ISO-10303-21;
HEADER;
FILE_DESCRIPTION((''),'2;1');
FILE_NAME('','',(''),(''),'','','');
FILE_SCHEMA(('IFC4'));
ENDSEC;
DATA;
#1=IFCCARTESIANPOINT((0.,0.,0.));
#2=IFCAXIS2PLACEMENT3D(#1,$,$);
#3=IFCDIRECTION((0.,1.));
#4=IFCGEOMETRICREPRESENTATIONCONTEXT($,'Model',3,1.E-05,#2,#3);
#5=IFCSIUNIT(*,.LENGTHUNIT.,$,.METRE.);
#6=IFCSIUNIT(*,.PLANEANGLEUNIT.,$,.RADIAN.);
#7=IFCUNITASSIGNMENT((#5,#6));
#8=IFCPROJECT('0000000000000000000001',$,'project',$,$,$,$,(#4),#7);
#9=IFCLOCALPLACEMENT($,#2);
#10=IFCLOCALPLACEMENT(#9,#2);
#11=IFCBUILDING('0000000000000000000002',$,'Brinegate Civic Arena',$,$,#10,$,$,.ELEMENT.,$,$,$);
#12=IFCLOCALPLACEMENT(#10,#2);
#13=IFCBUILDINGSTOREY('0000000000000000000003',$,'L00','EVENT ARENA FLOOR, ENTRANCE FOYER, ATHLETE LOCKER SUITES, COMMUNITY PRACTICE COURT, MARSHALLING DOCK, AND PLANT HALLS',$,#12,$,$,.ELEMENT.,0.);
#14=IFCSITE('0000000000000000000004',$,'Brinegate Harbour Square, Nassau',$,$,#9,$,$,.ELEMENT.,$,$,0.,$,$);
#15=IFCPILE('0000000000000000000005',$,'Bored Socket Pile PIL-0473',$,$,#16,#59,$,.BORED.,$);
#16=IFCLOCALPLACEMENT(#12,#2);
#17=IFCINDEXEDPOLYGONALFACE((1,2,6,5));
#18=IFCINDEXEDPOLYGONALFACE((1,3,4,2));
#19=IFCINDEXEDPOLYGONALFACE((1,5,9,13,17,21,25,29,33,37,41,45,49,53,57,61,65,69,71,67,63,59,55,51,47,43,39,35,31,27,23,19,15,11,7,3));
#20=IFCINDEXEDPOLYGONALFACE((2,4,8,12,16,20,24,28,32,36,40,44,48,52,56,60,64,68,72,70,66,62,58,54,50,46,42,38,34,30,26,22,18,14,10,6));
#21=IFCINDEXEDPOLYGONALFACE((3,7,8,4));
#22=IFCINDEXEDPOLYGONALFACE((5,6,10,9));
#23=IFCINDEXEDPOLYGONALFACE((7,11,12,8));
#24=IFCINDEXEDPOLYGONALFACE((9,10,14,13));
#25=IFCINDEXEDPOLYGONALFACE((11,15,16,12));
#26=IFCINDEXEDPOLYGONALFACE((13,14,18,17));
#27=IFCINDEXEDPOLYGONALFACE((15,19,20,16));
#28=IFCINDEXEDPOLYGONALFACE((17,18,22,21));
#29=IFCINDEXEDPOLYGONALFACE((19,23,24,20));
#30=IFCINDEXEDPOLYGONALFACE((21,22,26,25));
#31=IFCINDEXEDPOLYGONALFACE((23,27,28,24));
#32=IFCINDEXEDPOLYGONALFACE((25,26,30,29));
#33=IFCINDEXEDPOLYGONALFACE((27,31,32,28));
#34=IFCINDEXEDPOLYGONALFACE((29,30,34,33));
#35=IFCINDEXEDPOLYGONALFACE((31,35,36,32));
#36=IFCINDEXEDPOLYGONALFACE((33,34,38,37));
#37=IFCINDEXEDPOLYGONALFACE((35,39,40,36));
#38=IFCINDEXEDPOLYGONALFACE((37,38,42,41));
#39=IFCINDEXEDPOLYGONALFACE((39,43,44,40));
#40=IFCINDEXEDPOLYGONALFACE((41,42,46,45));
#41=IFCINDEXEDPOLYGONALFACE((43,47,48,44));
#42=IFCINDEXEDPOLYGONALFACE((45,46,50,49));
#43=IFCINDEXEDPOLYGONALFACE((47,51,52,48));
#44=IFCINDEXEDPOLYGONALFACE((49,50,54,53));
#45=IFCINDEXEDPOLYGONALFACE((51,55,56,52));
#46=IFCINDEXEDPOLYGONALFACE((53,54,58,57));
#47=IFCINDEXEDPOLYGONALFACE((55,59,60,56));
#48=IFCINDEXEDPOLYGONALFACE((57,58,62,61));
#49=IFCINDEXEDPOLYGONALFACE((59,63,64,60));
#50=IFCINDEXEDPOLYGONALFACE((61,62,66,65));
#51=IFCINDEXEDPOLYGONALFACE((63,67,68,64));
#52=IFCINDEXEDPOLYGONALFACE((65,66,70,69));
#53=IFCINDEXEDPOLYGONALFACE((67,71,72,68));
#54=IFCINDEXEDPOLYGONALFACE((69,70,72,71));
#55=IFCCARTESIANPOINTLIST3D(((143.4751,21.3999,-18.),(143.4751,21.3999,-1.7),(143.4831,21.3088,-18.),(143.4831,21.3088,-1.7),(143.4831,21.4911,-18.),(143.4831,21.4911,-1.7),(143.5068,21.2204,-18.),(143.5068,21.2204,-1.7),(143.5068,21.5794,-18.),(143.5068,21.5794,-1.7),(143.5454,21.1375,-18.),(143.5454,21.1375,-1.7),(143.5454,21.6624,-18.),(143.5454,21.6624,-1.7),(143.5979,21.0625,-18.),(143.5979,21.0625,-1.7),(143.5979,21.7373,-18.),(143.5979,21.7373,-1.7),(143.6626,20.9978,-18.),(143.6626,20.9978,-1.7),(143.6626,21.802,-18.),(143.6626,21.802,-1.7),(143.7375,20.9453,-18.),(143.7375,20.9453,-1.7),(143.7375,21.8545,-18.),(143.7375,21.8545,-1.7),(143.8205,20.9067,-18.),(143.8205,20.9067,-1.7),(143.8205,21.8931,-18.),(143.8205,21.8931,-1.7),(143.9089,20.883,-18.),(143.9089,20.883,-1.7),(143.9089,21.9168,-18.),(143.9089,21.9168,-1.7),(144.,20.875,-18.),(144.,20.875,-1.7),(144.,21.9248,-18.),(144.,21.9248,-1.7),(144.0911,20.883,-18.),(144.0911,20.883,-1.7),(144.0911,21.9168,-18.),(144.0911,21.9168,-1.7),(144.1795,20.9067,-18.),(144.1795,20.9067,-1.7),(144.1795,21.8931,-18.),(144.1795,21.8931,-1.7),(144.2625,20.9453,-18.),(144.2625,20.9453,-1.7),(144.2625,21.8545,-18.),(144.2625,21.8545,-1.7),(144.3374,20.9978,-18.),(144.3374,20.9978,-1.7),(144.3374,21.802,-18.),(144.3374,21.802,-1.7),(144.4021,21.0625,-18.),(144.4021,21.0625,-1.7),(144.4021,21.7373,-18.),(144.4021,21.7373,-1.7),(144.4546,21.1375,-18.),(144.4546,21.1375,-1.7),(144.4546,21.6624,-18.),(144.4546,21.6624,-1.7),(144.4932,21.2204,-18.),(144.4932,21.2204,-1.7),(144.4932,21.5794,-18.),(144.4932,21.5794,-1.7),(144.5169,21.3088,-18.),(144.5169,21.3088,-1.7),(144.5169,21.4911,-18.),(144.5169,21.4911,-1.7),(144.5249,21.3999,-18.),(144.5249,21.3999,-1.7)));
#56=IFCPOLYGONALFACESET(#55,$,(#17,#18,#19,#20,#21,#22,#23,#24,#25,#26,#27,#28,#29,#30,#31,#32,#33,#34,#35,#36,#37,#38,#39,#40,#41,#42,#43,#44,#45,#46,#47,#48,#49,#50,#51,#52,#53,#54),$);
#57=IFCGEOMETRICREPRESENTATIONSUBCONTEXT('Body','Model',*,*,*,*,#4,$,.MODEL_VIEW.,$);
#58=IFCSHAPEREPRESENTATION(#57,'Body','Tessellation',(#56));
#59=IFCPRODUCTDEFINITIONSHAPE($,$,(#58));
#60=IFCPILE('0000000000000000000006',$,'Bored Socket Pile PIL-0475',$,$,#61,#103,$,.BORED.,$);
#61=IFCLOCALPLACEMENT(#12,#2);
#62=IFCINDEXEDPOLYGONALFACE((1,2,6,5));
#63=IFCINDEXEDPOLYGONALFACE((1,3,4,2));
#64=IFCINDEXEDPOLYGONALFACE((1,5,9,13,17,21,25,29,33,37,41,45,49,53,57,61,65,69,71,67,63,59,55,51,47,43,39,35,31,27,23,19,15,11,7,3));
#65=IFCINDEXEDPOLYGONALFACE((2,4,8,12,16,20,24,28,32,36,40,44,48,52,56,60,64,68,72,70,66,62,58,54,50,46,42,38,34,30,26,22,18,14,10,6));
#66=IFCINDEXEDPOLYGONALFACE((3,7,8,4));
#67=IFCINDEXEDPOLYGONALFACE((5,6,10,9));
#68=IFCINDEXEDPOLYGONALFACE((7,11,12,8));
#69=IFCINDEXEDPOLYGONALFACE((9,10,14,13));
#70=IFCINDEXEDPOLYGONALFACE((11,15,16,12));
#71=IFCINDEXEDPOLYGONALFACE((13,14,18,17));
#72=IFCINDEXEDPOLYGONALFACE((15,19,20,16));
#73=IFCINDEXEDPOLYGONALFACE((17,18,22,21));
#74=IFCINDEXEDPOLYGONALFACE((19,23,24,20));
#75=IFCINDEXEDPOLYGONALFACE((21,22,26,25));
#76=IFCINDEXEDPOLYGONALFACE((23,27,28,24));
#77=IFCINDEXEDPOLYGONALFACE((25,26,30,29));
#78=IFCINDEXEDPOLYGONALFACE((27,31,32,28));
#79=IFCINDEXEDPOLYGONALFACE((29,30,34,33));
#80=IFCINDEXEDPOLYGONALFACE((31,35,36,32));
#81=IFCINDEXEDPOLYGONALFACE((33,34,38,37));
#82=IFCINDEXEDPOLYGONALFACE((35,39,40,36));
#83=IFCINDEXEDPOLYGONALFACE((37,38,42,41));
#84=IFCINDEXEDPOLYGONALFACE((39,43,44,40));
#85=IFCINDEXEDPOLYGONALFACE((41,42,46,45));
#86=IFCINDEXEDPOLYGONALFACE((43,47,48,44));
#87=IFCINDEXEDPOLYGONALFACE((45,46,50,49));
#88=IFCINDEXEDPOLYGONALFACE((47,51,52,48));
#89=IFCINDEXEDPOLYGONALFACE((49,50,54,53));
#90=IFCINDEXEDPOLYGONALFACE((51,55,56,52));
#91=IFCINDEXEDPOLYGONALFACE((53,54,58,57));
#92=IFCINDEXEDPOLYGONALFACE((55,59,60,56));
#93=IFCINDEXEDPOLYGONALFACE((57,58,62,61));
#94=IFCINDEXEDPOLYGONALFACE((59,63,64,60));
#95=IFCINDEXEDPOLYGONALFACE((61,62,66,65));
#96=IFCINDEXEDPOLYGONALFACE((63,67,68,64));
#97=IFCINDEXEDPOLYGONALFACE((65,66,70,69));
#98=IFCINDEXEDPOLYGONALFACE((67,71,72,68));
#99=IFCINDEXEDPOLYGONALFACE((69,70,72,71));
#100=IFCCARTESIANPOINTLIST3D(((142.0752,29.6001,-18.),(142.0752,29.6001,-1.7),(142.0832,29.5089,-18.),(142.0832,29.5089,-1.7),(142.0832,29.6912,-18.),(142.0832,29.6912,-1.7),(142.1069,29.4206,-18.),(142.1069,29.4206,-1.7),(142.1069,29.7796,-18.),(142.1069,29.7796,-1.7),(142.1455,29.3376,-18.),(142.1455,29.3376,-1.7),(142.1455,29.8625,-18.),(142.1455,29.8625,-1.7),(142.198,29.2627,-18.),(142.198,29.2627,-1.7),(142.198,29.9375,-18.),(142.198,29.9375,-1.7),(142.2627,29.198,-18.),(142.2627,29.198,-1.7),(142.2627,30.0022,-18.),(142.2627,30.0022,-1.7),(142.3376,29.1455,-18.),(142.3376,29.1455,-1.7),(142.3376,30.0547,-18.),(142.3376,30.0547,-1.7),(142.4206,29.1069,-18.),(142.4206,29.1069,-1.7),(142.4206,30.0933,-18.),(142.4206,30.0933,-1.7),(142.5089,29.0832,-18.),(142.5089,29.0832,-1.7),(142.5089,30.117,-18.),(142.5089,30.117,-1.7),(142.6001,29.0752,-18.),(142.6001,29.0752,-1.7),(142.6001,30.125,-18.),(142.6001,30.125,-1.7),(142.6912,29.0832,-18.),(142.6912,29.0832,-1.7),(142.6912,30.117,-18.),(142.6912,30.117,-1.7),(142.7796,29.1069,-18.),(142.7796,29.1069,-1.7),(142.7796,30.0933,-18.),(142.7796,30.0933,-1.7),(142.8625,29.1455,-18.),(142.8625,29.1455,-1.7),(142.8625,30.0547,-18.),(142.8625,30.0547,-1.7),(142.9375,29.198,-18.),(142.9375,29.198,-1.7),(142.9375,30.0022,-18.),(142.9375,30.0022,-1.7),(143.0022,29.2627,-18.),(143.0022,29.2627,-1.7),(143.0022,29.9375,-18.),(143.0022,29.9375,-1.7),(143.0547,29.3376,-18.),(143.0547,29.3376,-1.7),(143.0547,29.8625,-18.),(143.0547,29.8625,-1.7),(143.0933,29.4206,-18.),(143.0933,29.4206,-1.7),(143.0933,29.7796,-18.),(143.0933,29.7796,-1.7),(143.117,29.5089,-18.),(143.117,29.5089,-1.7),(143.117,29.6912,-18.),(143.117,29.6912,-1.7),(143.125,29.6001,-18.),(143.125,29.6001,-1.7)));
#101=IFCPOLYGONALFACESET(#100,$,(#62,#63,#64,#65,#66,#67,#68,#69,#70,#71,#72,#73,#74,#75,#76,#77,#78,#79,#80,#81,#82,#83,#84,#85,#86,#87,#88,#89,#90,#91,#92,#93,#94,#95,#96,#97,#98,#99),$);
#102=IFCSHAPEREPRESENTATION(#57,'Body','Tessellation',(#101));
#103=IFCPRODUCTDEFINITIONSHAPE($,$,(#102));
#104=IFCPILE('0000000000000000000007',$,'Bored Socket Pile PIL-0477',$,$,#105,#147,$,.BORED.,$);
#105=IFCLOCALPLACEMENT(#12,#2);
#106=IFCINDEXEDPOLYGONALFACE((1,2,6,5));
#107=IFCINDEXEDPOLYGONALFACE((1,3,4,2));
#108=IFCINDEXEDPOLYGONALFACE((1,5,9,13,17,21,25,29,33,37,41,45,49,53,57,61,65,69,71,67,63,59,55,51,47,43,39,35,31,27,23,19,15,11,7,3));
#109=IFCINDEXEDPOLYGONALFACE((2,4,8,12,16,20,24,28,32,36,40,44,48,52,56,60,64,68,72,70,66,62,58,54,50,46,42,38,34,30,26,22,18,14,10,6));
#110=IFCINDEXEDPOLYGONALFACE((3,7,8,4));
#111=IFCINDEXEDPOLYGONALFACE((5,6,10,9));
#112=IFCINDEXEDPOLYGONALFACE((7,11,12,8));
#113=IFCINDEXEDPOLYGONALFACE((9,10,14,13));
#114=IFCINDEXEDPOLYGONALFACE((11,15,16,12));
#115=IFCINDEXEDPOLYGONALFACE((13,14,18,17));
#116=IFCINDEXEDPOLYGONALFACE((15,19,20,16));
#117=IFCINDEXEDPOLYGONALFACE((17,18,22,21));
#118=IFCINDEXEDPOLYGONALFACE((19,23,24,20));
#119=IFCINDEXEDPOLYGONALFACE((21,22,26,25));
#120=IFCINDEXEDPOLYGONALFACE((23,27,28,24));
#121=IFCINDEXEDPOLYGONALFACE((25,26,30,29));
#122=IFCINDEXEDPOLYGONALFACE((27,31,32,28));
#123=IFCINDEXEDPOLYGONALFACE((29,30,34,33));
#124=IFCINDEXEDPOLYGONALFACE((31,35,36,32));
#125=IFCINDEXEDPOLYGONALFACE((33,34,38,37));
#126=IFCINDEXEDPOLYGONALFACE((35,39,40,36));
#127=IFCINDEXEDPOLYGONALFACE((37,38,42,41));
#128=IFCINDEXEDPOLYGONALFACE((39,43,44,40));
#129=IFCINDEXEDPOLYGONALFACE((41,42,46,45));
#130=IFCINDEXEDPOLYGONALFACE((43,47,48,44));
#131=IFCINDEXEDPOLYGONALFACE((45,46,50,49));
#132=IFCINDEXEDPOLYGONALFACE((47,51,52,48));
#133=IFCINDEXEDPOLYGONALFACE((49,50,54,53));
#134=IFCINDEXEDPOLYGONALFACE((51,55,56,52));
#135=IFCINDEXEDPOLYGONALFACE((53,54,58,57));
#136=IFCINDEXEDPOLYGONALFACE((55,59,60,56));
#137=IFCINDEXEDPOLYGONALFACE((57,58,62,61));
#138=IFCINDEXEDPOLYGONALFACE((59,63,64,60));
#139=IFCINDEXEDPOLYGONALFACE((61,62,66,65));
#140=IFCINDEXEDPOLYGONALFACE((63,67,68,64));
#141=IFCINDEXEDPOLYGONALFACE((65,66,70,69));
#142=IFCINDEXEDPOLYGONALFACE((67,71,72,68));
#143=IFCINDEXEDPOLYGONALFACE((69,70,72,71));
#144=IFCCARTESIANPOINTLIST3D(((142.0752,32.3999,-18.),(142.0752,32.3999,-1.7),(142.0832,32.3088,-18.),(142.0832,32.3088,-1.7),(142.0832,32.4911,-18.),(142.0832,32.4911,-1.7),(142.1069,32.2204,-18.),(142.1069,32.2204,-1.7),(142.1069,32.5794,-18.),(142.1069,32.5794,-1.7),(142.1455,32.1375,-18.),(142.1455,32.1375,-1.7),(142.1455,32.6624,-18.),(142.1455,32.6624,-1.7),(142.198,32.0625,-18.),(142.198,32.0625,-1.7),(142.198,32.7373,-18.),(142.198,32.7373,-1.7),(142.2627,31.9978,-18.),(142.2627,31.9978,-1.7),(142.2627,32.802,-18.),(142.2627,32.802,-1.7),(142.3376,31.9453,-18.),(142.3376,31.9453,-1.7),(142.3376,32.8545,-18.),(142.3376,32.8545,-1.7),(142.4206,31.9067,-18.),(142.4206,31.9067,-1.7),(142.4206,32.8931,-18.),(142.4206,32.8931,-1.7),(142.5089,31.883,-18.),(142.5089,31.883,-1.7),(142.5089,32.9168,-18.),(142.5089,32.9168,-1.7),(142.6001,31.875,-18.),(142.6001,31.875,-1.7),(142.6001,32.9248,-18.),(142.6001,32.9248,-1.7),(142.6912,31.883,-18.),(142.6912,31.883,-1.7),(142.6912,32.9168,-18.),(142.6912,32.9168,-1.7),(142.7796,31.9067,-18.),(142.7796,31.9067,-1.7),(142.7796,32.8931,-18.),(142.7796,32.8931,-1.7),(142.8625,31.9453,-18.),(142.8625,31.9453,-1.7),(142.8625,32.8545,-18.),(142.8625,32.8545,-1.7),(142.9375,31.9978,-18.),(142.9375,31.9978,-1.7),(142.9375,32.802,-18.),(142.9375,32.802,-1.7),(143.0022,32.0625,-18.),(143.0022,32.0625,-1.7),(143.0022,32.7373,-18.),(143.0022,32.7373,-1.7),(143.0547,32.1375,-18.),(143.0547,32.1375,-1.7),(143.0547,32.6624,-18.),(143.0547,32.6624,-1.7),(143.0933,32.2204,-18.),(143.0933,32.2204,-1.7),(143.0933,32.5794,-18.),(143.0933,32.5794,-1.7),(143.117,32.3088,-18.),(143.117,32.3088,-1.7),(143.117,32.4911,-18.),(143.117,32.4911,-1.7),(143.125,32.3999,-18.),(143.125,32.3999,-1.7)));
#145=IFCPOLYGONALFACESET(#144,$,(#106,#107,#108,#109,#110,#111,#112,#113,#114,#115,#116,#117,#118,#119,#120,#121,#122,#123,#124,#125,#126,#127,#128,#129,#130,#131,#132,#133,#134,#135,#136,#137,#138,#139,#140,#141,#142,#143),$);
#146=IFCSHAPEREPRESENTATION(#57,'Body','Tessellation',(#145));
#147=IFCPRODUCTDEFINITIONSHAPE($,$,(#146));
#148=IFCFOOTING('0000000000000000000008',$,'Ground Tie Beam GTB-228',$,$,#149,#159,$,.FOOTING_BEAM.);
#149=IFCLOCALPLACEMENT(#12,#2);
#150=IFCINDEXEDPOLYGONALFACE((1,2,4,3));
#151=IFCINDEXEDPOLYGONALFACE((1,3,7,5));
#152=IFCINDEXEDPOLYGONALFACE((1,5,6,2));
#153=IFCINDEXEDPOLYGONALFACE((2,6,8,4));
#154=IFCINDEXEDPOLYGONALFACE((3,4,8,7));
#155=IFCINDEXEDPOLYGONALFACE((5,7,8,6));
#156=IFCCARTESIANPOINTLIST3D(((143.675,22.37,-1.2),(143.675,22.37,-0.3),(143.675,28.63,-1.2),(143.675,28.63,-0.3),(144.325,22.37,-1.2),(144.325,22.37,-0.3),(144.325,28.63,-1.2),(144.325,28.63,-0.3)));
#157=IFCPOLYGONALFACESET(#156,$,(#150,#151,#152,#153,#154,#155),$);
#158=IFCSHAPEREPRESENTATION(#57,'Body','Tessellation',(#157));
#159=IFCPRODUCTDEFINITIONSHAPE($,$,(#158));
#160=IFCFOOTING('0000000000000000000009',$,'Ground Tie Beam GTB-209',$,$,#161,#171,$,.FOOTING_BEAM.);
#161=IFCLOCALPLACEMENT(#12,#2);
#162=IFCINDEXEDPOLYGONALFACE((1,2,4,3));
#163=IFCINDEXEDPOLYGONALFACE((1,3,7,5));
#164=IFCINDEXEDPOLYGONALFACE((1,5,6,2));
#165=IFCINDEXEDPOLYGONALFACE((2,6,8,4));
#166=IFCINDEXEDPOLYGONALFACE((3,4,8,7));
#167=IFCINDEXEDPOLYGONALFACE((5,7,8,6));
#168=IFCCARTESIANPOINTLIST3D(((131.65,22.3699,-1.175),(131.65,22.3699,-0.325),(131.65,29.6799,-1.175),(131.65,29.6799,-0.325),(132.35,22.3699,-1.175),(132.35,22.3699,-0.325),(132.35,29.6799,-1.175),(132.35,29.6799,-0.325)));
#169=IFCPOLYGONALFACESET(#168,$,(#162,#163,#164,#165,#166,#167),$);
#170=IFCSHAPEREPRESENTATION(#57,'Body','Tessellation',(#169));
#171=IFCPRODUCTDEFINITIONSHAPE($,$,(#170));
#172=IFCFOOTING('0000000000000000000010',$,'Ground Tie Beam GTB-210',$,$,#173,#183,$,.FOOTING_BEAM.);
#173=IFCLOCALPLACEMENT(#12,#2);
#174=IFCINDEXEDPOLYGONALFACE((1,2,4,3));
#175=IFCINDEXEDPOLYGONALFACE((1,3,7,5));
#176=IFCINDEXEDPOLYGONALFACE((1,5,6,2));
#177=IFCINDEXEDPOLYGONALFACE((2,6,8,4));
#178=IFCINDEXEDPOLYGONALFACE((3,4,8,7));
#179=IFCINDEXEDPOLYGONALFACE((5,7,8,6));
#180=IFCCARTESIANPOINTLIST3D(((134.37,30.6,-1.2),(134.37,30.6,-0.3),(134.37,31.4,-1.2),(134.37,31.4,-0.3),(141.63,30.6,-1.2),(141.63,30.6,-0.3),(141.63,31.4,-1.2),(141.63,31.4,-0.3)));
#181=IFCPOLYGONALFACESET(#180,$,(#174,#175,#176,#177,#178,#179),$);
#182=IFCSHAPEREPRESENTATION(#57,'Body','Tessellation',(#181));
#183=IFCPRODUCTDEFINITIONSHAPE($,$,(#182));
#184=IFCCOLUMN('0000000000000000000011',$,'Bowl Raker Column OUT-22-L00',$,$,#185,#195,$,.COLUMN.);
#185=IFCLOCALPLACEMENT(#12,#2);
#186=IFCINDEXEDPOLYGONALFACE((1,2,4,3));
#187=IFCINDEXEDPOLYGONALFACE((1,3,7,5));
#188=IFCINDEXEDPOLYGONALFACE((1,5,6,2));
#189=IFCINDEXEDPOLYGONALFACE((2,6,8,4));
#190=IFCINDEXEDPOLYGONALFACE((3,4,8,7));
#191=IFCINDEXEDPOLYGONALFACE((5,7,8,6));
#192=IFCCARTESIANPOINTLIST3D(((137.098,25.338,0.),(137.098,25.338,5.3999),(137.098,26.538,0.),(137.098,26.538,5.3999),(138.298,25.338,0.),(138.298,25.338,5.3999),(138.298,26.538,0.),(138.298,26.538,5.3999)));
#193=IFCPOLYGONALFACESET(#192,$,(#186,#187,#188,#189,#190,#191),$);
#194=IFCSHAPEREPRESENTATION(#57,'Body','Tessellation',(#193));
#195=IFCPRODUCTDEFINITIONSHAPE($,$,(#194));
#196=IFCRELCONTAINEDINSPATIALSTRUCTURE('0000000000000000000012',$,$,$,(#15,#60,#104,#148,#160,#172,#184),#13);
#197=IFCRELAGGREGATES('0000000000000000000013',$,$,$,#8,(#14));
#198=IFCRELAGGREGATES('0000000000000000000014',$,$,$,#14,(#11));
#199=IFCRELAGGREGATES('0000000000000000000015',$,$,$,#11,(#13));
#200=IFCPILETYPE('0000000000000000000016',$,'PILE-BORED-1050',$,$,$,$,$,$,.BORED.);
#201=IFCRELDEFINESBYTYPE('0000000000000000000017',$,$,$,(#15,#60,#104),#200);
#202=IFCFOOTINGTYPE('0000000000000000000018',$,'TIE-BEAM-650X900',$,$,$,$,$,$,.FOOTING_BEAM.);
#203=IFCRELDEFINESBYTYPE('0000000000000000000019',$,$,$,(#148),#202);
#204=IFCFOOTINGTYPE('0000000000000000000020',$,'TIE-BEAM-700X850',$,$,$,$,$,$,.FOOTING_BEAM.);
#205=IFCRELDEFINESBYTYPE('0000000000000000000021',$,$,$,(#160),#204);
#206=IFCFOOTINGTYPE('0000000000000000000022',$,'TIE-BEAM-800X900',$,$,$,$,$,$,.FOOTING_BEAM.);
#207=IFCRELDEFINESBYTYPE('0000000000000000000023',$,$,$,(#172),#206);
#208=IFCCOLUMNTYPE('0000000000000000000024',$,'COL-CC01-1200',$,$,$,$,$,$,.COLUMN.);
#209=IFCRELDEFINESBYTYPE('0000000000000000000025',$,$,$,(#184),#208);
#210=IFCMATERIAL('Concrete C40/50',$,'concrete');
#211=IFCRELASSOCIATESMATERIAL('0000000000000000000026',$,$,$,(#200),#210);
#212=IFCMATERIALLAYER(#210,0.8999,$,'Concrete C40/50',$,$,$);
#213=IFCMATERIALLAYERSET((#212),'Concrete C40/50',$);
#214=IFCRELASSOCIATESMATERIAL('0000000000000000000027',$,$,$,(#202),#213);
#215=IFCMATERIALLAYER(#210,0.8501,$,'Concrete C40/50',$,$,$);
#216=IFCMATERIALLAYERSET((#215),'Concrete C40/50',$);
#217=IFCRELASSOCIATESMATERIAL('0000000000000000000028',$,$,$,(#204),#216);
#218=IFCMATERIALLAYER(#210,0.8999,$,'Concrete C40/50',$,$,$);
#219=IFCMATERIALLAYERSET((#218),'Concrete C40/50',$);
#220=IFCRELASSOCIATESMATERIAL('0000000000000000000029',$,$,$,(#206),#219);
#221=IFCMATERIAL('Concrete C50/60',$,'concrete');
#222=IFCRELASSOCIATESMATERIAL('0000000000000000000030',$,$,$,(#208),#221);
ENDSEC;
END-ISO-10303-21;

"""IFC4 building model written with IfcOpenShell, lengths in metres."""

from ifc_helpers import new_model, si_unit, direction, frame, origin, origin_2d, place, context, subcontext, project, spatial, rectangle, circle, extrude, material, layer, layer_set, material_profile, profile_set, type_object, element, save


model = new_model("IFC4")

# Units and contexts
model_context = context("Model", 3, precision=1e-05, world=origin(), true_north=direction((0.0, 1.0)))
body_context = subcontext(model_context, "Body", "Model", "MODEL_VIEW")
ifc_project = project(units=[si_unit("LENGTHUNIT", "METRE"), si_unit("PLANEANGLEUNIT", "RADIAN")], contexts=[model_context])

# Site, building, storey
site_placement = place(None, origin())
site = spatial("IfcSite", under=ifc_project, at=site_placement, Name="Brinegate Harbour Square, Nassau", CompositionType="ELEMENT", RefElevation=0.0)
building_placement = place(site_placement, origin())
building = spatial("IfcBuilding", under=site, at=building_placement, Name="Brinegate Civic Arena", CompositionType="ELEMENT")
storey_placement = place(building_placement, origin())
storey = spatial("IfcBuildingStorey", under=building, at=storey_placement, Name="L00", Description="EVENT ARENA FLOOR, ENTRANCE FOYER, ATHLETE LOCKER SUITES, COMMUNITY PRACTICE COURT, MARSHALLING DOCK, AND PLANT HALLS", CompositionType="ELEMENT", Elevation=0.0)

# Shared definitions
ifc_material_1 = material(Name="Concrete C40/50", Category="concrete")

# Piles
ifc_material_profile_1 = material_profile(ifc_material_1, circle(Radius=0.5249, at=origin_2d()), Name="PILED1050")
ifc_profile_set_1 = profile_set([ifc_material_profile_1], Name="Concrete C40/50")
pile_type = type_object("IfcPileType", Name="PILE-BORED-1050", PredefinedType="BORED", material=ifc_profile_set_1)
for number, where, z_axis, x_axis, name in (
    (1, (144.0, 21.3999, -1.7), (0.0, 0.0, -1.0), (1.0, 0.0, 0.0), "Bored Socket Pile PIL-0473"),
    (2, (142.6001, 29.6001, -1.7), (0.0, 0.0, -1.0), (1.0, 0.0, 0.0), "Bored Socket Pile PIL-0475"),
    (3, (142.6001, 32.3999, -1.7), (0.0, 0.0, -1.0), (1.0, 0.0, 0.0), "Bored Socket Pile PIL-0477"),
):
    element("IfcPile", number, at=place(storey_placement, frame(where, z_axis=z_axis, x_axis=x_axis)), inside=storey, type_object=pile_type, Name=name, PredefinedType="BORED", context=body_context, shape_type="SweptSolid", body=[
        extrude(circle(Radius=0.5249, at=origin_2d()), origin(), (0.0, 0.0, 1.0), 16.3),
    ])

# Footings
ifc_layer_1 = layer(ifc_material_1, 0.8999, Name="Concrete C40/50")
ifc_layer_set_1 = layer_set([ifc_layer_1], Name="Concrete C40/50")
footing_type_1 = type_object("IfcFootingType", Name="TIE-BEAM-650X900", PredefinedType="FOOTING_BEAM", material=ifc_layer_set_1)
footing_1_placement = place(storey_placement, frame((144.0, 25.5, -1.2), z_axis=(0.0, 0.0, 1.0), x_axis=(0.0, 1.0, 0.0)))
element("IfcFooting", 4, at=footing_1_placement, inside=storey, type_object=footing_type_1, Name="Ground Tie Beam GTB-228", PredefinedType="FOOTING_BEAM", context=body_context, shape_type="SweptSolid", body=[
    extrude(rectangle(XDim=6.26, YDim=0.6499, at=origin_2d()), origin(), (0.0, 0.0, 1.0), 0.8999),
])
ifc_layer_2 = layer(ifc_material_1, 0.8501, Name="Concrete C40/50")
ifc_layer_set_2 = layer_set([ifc_layer_2], Name="Concrete C40/50")
footing_type_2 = type_object("IfcFootingType", Name="TIE-BEAM-700X850", PredefinedType="FOOTING_BEAM", material=ifc_layer_set_2)
footing_2_placement = place(storey_placement, frame((132.0, 26.0249, -1.175), z_axis=(0.0, 0.0, 1.0), x_axis=(0.0, 1.0, 0.0)))
element("IfcFooting", 5, at=footing_2_placement, inside=storey, type_object=footing_type_2, Name="Ground Tie Beam GTB-209", PredefinedType="FOOTING_BEAM", context=body_context, shape_type="SweptSolid", body=[
    extrude(rectangle(XDim=7.3101, YDim=0.7, at=origin_2d()), origin(), (0.0, 0.0, 1.0), 0.8501),
])
ifc_layer_3 = layer(ifc_material_1, 0.8999, Name="Concrete C40/50")
ifc_layer_set_3 = layer_set([ifc_layer_3], Name="Concrete C40/50")
footing_type_3 = type_object("IfcFootingType", Name="TIE-BEAM-800X900", PredefinedType="FOOTING_BEAM", material=ifc_layer_set_3)
footing_3_placement = place(storey_placement, frame((138.0, 31.0, -1.2), z_axis=(0.0, 0.0, 1.0), x_axis=(1.0, 0.0, 0.0)))
element("IfcFooting", 6, at=footing_3_placement, inside=storey, type_object=footing_type_3, Name="Ground Tie Beam GTB-210", PredefinedType="FOOTING_BEAM", context=body_context, shape_type="SweptSolid", body=[
    extrude(rectangle(XDim=7.26, YDim=0.8, at=origin_2d()), origin(), (0.0, 0.0, 1.0), 0.8999),
])

# Column
ifc_material_2 = material(Name="Concrete C50/60", Category="concrete")
ifc_material_profile_2 = material_profile(ifc_material_2, rectangle(XDim=1.2, YDim=1.2, at=origin_2d()), Name="RC1200X1200")
ifc_profile_set_2 = profile_set([ifc_material_profile_2], Name="Concrete C50/60")
column_type_1 = type_object("IfcColumnType", Name="COL-CC01-1200", PredefinedType="COLUMN", material=ifc_profile_set_2)
column_1_placement = place(storey_placement, frame((137.698, 25.938, 0.0), z_axis=(0.0, 0.0, 1.0), x_axis=(1.0, 0.0, 0.0)))
element("IfcColumn", 7, at=column_1_placement, inside=storey, type_object=column_type_1, Name="Bowl Raker Column OUT-22-L00", PredefinedType="COLUMN", context=body_context, shape_type="SweptSolid", body=[
    extrude(rectangle(XDim=1.2, YDim=1.2, at=origin_2d()), origin(), (0.0, 0.0, 1.0), 5.3999),
])

save(model, "model.ifc")
